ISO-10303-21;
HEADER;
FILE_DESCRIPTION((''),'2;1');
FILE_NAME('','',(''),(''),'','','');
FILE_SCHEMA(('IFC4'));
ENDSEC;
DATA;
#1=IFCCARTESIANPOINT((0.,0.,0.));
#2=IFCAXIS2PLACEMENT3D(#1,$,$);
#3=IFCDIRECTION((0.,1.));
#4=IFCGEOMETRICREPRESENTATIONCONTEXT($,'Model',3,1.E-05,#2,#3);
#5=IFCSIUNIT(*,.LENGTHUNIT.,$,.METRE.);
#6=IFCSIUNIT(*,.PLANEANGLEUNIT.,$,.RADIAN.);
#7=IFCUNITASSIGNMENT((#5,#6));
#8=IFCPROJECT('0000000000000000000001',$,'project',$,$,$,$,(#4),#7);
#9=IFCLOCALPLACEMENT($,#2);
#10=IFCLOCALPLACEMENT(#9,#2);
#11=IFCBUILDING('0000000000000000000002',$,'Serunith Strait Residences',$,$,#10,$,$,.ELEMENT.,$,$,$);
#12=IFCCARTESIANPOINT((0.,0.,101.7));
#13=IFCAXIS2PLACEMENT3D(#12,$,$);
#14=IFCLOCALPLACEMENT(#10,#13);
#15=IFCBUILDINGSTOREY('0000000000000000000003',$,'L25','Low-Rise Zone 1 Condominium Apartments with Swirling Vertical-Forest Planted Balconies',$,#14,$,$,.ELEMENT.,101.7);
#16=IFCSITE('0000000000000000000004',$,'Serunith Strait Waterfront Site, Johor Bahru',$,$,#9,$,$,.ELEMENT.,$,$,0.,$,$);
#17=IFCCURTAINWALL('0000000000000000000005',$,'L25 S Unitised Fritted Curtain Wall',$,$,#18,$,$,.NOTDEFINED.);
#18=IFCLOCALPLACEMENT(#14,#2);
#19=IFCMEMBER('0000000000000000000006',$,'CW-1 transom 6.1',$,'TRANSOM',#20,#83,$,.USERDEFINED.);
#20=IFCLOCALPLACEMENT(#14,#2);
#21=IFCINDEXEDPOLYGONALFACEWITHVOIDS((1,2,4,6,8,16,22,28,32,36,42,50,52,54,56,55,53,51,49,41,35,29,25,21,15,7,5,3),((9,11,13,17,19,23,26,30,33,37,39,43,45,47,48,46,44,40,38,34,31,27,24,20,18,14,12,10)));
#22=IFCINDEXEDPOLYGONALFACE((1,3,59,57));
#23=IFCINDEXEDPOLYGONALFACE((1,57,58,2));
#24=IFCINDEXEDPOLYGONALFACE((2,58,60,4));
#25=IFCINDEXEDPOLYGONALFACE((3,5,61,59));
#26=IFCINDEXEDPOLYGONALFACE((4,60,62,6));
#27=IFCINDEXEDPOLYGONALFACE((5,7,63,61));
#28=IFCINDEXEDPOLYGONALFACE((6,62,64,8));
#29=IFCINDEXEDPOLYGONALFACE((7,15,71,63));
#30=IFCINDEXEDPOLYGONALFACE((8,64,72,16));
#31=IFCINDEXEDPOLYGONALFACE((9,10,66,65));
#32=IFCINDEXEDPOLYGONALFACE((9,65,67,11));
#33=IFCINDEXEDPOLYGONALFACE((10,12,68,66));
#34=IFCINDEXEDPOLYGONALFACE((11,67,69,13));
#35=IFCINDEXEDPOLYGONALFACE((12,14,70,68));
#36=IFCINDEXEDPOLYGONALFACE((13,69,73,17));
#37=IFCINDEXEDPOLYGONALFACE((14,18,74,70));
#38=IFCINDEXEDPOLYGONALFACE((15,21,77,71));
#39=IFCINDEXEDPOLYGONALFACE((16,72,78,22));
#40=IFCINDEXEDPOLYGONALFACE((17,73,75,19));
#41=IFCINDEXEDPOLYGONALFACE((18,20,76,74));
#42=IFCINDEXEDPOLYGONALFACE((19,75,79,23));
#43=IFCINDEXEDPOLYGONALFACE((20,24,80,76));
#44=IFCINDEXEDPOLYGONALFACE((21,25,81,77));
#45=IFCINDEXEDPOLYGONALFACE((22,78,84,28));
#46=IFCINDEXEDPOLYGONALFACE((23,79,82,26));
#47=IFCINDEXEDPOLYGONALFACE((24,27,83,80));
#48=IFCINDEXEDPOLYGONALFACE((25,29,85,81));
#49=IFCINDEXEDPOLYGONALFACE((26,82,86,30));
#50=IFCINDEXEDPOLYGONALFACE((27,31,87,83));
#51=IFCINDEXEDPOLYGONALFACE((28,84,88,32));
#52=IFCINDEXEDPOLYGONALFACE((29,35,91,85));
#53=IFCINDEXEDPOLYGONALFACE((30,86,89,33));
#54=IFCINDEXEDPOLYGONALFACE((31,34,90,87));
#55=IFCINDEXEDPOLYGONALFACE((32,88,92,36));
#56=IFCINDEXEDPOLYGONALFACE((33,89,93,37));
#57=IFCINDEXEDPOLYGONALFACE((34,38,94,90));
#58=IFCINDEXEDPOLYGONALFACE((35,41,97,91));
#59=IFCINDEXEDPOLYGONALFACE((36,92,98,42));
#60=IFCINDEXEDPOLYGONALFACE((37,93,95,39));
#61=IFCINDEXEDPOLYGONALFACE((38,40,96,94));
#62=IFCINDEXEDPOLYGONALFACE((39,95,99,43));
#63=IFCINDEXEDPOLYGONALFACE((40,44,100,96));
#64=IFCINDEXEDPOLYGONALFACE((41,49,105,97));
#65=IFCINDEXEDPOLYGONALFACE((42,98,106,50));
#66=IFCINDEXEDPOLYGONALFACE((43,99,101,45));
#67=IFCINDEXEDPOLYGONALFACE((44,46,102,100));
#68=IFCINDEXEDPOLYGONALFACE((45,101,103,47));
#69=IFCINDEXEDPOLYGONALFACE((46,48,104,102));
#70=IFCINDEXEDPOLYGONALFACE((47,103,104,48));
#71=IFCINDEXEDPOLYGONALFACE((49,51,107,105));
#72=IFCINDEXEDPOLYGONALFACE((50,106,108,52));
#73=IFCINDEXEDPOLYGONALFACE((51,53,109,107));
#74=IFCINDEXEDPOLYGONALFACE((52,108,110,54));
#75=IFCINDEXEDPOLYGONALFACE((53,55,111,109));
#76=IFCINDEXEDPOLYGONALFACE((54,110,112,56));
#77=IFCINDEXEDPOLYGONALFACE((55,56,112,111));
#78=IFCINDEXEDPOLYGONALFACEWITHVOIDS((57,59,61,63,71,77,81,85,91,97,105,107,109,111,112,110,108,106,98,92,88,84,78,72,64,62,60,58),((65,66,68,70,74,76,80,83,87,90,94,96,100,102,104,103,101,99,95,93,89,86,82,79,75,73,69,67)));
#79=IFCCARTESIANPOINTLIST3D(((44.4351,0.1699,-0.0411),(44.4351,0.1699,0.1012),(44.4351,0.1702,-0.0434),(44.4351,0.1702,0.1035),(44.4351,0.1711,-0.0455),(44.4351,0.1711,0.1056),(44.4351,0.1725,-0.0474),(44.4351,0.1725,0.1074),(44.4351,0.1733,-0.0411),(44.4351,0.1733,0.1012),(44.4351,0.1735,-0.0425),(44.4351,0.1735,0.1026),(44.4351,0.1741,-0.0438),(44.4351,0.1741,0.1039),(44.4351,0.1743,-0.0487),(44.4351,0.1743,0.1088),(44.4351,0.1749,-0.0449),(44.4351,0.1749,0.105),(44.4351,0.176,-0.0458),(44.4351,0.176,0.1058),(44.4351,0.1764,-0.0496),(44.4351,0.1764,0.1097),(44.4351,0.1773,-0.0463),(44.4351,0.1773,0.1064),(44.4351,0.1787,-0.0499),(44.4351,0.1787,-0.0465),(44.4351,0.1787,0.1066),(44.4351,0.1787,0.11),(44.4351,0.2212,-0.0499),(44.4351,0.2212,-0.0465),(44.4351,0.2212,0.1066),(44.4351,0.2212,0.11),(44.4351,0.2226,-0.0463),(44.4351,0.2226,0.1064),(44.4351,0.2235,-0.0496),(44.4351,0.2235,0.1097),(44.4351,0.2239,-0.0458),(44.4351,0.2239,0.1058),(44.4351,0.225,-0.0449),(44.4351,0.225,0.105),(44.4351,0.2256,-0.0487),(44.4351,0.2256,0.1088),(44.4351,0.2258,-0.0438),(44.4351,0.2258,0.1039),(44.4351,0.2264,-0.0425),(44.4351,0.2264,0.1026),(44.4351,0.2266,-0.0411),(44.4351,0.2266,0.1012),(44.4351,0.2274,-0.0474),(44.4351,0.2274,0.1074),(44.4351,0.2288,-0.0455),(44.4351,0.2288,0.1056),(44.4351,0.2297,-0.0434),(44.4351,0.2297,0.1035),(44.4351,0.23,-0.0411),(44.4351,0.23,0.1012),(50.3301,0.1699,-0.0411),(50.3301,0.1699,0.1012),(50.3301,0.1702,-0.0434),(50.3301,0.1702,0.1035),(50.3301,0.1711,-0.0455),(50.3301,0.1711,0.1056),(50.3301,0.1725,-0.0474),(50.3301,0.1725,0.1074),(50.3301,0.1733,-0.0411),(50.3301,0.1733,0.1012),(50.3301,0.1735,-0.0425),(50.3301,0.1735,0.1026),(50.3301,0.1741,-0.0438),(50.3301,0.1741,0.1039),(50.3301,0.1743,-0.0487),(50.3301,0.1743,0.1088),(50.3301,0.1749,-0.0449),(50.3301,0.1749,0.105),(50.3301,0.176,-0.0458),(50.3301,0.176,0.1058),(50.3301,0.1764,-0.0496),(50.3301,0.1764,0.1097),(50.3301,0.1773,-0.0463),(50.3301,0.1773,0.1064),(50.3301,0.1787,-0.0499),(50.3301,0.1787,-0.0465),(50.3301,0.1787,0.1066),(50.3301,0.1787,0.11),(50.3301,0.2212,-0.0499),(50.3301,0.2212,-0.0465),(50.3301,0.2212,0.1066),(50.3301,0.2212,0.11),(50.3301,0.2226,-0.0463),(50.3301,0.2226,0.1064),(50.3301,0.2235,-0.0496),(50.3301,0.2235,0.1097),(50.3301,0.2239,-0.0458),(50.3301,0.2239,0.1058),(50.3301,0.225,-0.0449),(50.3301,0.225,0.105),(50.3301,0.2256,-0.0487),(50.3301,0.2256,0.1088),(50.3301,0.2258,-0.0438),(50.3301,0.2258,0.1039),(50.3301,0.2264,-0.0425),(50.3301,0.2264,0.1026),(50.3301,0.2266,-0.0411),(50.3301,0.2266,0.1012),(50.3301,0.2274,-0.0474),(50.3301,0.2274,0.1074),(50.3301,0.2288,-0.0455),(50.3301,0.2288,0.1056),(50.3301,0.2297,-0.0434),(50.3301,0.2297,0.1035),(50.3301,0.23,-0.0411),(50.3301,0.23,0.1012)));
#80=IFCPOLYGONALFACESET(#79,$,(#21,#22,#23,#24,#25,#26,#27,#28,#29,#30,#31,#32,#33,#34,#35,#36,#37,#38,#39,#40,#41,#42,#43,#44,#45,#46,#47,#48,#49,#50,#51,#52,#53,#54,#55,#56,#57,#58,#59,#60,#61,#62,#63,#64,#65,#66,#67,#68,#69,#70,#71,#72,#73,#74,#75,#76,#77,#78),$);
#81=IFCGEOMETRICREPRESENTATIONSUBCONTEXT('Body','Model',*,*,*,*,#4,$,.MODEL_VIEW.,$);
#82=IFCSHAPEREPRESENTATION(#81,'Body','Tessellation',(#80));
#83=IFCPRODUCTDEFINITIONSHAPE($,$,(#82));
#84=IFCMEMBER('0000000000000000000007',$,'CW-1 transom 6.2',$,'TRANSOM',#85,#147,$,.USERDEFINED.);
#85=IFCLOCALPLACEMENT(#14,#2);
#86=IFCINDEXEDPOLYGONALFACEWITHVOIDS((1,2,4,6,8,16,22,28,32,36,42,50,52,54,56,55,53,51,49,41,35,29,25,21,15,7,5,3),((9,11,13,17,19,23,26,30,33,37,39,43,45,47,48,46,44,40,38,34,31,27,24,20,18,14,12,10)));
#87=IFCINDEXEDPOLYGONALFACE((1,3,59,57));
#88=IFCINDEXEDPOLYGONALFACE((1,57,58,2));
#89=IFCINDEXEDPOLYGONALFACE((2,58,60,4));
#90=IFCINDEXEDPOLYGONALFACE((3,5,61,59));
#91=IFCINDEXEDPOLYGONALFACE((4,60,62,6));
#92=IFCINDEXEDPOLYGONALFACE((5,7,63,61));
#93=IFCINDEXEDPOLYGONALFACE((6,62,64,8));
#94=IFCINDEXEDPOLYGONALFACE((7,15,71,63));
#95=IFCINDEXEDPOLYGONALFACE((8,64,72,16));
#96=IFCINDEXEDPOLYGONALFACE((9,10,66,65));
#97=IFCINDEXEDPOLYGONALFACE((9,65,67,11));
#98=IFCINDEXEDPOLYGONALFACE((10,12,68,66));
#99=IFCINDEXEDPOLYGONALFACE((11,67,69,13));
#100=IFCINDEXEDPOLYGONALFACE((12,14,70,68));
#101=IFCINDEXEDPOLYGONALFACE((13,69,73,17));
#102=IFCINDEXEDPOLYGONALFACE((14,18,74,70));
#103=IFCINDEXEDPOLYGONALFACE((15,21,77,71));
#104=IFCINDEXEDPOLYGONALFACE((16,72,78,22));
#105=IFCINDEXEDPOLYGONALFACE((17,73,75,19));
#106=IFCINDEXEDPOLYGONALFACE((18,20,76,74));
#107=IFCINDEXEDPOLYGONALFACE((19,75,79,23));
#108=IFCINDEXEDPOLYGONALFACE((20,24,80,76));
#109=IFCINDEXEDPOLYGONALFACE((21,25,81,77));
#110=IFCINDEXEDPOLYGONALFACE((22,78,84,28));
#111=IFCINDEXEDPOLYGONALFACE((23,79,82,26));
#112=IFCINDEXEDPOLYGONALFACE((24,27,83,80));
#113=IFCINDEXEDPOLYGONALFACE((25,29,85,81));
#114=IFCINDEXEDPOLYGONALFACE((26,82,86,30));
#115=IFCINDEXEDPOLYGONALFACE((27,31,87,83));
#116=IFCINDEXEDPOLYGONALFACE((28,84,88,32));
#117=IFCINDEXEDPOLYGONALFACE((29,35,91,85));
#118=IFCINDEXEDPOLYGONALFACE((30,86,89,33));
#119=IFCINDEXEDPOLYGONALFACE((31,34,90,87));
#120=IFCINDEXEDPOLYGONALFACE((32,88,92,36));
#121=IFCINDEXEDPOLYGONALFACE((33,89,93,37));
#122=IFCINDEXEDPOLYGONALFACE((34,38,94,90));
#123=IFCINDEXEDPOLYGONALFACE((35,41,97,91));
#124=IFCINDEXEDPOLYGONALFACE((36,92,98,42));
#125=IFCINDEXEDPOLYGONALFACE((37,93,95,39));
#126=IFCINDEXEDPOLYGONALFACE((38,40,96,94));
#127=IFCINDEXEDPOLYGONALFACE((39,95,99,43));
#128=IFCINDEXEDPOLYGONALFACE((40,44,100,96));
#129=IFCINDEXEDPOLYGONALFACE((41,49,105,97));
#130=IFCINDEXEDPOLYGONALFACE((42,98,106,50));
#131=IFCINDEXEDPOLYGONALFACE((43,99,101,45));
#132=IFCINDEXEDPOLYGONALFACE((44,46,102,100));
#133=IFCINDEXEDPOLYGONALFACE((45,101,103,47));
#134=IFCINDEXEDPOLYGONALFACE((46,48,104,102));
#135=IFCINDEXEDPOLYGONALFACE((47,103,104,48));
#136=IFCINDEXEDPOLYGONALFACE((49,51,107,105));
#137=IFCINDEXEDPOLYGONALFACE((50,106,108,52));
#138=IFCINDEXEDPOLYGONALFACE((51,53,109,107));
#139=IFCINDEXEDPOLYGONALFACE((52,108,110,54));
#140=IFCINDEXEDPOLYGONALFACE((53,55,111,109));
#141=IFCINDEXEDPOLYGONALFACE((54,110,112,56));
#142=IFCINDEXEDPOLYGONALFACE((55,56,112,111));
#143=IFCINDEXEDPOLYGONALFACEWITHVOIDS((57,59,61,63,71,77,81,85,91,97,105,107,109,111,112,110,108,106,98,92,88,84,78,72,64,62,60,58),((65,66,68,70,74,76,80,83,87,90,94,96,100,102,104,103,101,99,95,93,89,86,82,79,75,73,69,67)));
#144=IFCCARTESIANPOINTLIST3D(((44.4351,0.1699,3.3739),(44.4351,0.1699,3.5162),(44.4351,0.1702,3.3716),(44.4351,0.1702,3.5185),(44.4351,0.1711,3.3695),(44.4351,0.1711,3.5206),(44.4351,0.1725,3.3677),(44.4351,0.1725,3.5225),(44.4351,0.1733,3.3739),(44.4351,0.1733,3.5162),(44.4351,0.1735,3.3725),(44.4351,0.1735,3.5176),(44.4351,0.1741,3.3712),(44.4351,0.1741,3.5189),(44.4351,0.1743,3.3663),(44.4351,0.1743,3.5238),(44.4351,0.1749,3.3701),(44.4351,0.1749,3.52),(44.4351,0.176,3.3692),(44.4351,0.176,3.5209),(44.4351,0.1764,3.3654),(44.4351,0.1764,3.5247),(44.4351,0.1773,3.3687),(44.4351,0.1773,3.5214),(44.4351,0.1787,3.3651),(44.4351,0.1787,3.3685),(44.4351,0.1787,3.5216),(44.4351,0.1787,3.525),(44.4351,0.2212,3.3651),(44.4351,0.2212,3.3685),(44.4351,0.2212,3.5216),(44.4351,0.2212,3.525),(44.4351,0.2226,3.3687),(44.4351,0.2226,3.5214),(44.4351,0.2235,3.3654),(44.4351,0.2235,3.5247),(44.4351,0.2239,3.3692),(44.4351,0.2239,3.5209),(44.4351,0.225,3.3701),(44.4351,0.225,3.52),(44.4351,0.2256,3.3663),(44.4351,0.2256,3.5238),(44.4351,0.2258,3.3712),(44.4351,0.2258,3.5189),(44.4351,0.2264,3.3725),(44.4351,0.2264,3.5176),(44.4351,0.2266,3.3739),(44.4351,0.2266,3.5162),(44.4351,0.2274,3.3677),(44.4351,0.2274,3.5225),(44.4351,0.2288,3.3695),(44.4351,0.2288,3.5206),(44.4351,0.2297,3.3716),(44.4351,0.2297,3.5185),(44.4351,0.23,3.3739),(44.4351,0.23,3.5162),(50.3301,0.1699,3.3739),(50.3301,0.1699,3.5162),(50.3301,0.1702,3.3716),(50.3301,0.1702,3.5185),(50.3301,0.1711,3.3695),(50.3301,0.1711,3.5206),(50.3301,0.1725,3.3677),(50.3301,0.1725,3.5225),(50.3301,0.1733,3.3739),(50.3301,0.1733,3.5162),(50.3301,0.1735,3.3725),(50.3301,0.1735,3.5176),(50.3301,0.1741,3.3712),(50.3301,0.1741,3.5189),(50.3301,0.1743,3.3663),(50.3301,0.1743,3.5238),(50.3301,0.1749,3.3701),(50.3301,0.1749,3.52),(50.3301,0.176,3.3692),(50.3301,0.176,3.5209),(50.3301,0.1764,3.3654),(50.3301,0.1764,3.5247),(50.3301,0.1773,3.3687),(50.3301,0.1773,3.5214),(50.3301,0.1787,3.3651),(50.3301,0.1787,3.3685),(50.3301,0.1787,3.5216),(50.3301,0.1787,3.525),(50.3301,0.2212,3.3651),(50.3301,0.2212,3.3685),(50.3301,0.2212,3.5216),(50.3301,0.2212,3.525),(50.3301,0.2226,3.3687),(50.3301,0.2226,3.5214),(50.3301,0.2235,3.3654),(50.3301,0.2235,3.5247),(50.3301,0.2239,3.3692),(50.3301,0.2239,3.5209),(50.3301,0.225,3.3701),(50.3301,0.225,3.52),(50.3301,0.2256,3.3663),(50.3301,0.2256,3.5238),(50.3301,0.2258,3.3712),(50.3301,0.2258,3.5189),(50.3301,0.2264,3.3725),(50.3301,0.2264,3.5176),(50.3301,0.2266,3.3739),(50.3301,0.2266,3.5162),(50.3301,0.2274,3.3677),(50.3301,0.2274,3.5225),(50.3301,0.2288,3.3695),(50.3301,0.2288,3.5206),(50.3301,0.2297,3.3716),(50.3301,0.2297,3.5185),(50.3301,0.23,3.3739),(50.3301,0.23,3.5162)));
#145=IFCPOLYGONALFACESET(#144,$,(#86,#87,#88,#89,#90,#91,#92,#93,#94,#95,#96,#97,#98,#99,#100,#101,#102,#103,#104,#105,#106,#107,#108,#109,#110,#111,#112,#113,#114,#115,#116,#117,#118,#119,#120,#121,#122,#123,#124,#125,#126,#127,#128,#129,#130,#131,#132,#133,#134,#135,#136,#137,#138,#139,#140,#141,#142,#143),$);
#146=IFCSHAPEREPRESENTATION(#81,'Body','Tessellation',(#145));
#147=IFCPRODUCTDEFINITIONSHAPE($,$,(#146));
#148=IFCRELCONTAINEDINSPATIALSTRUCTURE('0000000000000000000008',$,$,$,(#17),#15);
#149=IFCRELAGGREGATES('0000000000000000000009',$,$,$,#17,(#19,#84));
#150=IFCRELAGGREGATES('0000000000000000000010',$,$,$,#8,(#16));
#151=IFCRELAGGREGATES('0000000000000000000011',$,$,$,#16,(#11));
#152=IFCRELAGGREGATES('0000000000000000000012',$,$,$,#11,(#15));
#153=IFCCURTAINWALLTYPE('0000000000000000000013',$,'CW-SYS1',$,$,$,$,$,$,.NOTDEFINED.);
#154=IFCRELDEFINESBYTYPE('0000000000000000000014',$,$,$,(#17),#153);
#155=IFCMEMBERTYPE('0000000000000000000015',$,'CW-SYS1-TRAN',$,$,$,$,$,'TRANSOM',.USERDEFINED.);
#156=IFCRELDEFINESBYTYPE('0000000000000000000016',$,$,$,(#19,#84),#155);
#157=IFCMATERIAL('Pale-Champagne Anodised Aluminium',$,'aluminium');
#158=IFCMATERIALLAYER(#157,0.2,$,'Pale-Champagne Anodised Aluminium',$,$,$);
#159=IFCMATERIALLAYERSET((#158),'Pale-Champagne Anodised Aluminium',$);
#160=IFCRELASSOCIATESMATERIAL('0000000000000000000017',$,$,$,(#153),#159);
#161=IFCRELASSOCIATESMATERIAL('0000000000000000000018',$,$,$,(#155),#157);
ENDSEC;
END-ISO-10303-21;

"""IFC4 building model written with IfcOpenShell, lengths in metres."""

from ifc_helpers import new_model, si_unit, direction, frame, origin, origin_2d, place, context, subcontext, project, spatial, hollow_rectangle, extrude, source, transform, mapped, material, layer, layer_set, material_profile, profile_set, type_object, element, aggregate, save


model = new_model("IFC4")

# Units and contexts
model_context = context("Model", 3, precision=1e-05, world=origin(), true_north=direction((0.0, 1.0)))
body_context = subcontext(model_context, "Body", "Model", "MODEL_VIEW")
ifc_project = project(units=[si_unit("LENGTHUNIT", "METRE"), si_unit("PLANEANGLEUNIT", "RADIAN")], contexts=[model_context])

# Site, building, storey
site_placement = place(None, origin())
site = spatial("IfcSite", under=ifc_project, at=site_placement, Name="Serunith Strait Waterfront Site, Johor Bahru", CompositionType="ELEMENT", RefElevation=0.0)
building_placement = place(site_placement, origin())
building = spatial("IfcBuilding", under=site, at=building_placement, Name="Serunith Strait Residences", CompositionType="ELEMENT")
storey_placement = place(building_placement, frame((0.0, 0.0, 101.7)))
storey = spatial("IfcBuildingStorey", under=building, at=storey_placement, Name="L25", Description="Low-Rise Zone 1 Condominium Apartments with Swirling Vertical-Forest Planted Balconies", CompositionType="ELEMENT", Elevation=101.7)

# Curtain wall
ifc_material_1 = material(Name="Pale-Champagne Anodised Aluminium", Category="aluminium")
ifc_layer_1 = layer(ifc_material_1, 0.2, Name="Pale-Champagne Anodised Aluminium")
ifc_layer_set_1 = layer_set([ifc_layer_1], Name="Pale-Champagne Anodised Aluminium")
curtain_wall_type = type_object("IfcCurtainWallType", Name="CW-SYS1", PredefinedType="NOTDEFINED", material=ifc_layer_set_1)
curtain_wall_1_placement = place(storey_placement, origin())
curtain_wall_1 = element("IfcCurtainWall", 1, at=curtain_wall_1_placement, inside=storey, type_object=curtain_wall_type, Name="L25 S Unitised Fritted Curtain Wall", PredefinedType="NOTDEFINED")

# Members
ifc_material_profile_1 = material_profile(ifc_material_1, hollow_rectangle(XDim=0.0601, YDim=0.1599, WallThickness=0.0034, InnerFilletRadius=0.0054, OuterFilletRadius=0.0088, at=origin_2d()), Name="ALU 160x60x3.5")
ifc_profile_set_1 = profile_set([ifc_material_profile_1], Name="Pale-Champagne Anodised Aluminium")
member_type_1 = type_object("IfcMemberType", Name="CW-SYS1-TRAN", ElementType="TRANSOM", PredefinedType="USERDEFINED", material=ifc_profile_set_1)
shared_shape_1 = source(origin(), body_context, "Body", "SweptSolid", [
    extrude(hollow_rectangle(XDim=0.0601, YDim=0.1599, WallThickness=0.0034, InnerFilletRadius=0.0054, OuterFilletRadius=0.0088, at=origin_2d()), origin(), (0.0, 0.0, 1.0), 5.895),
])
member_1_placement = place(storey_placement, frame((44.4351, 0.2, 0.03), z_axis=(1.0, 0.0, 0.0), x_axis=(0.0, 1.0, 0.0)))
member_1 = element("IfcMember", 2, at=member_1_placement, type_object=member_type_1, Name="CW-1 transom 6.1", ObjectType="TRANSOM", PredefinedType="USERDEFINED", context=body_context, shape_type="MappedRepresentation", body=[
    mapped(shared_shape_1, transform((0.0, 0.0, 0.0), scale=1.0)),
])
member_2_placement = place(storey_placement, frame((44.4351, 0.2, 3.4451), z_axis=(1.0, 0.0, 0.0), x_axis=(0.0, 1.0, 0.0)))
member_2 = element("IfcMember", 3, at=member_2_placement, type_object=member_type_1, Name="CW-1 transom 6.2", ObjectType="TRANSOM", PredefinedType="USERDEFINED", context=body_context, shape_type="MappedRepresentation", body=[
    mapped(shared_shape_1, transform((0.0, 0.0, 0.0), scale=1.0)),
])

aggregate(curtain_wall_1, [member_1, member_2])

save(model, "model.ifc")
